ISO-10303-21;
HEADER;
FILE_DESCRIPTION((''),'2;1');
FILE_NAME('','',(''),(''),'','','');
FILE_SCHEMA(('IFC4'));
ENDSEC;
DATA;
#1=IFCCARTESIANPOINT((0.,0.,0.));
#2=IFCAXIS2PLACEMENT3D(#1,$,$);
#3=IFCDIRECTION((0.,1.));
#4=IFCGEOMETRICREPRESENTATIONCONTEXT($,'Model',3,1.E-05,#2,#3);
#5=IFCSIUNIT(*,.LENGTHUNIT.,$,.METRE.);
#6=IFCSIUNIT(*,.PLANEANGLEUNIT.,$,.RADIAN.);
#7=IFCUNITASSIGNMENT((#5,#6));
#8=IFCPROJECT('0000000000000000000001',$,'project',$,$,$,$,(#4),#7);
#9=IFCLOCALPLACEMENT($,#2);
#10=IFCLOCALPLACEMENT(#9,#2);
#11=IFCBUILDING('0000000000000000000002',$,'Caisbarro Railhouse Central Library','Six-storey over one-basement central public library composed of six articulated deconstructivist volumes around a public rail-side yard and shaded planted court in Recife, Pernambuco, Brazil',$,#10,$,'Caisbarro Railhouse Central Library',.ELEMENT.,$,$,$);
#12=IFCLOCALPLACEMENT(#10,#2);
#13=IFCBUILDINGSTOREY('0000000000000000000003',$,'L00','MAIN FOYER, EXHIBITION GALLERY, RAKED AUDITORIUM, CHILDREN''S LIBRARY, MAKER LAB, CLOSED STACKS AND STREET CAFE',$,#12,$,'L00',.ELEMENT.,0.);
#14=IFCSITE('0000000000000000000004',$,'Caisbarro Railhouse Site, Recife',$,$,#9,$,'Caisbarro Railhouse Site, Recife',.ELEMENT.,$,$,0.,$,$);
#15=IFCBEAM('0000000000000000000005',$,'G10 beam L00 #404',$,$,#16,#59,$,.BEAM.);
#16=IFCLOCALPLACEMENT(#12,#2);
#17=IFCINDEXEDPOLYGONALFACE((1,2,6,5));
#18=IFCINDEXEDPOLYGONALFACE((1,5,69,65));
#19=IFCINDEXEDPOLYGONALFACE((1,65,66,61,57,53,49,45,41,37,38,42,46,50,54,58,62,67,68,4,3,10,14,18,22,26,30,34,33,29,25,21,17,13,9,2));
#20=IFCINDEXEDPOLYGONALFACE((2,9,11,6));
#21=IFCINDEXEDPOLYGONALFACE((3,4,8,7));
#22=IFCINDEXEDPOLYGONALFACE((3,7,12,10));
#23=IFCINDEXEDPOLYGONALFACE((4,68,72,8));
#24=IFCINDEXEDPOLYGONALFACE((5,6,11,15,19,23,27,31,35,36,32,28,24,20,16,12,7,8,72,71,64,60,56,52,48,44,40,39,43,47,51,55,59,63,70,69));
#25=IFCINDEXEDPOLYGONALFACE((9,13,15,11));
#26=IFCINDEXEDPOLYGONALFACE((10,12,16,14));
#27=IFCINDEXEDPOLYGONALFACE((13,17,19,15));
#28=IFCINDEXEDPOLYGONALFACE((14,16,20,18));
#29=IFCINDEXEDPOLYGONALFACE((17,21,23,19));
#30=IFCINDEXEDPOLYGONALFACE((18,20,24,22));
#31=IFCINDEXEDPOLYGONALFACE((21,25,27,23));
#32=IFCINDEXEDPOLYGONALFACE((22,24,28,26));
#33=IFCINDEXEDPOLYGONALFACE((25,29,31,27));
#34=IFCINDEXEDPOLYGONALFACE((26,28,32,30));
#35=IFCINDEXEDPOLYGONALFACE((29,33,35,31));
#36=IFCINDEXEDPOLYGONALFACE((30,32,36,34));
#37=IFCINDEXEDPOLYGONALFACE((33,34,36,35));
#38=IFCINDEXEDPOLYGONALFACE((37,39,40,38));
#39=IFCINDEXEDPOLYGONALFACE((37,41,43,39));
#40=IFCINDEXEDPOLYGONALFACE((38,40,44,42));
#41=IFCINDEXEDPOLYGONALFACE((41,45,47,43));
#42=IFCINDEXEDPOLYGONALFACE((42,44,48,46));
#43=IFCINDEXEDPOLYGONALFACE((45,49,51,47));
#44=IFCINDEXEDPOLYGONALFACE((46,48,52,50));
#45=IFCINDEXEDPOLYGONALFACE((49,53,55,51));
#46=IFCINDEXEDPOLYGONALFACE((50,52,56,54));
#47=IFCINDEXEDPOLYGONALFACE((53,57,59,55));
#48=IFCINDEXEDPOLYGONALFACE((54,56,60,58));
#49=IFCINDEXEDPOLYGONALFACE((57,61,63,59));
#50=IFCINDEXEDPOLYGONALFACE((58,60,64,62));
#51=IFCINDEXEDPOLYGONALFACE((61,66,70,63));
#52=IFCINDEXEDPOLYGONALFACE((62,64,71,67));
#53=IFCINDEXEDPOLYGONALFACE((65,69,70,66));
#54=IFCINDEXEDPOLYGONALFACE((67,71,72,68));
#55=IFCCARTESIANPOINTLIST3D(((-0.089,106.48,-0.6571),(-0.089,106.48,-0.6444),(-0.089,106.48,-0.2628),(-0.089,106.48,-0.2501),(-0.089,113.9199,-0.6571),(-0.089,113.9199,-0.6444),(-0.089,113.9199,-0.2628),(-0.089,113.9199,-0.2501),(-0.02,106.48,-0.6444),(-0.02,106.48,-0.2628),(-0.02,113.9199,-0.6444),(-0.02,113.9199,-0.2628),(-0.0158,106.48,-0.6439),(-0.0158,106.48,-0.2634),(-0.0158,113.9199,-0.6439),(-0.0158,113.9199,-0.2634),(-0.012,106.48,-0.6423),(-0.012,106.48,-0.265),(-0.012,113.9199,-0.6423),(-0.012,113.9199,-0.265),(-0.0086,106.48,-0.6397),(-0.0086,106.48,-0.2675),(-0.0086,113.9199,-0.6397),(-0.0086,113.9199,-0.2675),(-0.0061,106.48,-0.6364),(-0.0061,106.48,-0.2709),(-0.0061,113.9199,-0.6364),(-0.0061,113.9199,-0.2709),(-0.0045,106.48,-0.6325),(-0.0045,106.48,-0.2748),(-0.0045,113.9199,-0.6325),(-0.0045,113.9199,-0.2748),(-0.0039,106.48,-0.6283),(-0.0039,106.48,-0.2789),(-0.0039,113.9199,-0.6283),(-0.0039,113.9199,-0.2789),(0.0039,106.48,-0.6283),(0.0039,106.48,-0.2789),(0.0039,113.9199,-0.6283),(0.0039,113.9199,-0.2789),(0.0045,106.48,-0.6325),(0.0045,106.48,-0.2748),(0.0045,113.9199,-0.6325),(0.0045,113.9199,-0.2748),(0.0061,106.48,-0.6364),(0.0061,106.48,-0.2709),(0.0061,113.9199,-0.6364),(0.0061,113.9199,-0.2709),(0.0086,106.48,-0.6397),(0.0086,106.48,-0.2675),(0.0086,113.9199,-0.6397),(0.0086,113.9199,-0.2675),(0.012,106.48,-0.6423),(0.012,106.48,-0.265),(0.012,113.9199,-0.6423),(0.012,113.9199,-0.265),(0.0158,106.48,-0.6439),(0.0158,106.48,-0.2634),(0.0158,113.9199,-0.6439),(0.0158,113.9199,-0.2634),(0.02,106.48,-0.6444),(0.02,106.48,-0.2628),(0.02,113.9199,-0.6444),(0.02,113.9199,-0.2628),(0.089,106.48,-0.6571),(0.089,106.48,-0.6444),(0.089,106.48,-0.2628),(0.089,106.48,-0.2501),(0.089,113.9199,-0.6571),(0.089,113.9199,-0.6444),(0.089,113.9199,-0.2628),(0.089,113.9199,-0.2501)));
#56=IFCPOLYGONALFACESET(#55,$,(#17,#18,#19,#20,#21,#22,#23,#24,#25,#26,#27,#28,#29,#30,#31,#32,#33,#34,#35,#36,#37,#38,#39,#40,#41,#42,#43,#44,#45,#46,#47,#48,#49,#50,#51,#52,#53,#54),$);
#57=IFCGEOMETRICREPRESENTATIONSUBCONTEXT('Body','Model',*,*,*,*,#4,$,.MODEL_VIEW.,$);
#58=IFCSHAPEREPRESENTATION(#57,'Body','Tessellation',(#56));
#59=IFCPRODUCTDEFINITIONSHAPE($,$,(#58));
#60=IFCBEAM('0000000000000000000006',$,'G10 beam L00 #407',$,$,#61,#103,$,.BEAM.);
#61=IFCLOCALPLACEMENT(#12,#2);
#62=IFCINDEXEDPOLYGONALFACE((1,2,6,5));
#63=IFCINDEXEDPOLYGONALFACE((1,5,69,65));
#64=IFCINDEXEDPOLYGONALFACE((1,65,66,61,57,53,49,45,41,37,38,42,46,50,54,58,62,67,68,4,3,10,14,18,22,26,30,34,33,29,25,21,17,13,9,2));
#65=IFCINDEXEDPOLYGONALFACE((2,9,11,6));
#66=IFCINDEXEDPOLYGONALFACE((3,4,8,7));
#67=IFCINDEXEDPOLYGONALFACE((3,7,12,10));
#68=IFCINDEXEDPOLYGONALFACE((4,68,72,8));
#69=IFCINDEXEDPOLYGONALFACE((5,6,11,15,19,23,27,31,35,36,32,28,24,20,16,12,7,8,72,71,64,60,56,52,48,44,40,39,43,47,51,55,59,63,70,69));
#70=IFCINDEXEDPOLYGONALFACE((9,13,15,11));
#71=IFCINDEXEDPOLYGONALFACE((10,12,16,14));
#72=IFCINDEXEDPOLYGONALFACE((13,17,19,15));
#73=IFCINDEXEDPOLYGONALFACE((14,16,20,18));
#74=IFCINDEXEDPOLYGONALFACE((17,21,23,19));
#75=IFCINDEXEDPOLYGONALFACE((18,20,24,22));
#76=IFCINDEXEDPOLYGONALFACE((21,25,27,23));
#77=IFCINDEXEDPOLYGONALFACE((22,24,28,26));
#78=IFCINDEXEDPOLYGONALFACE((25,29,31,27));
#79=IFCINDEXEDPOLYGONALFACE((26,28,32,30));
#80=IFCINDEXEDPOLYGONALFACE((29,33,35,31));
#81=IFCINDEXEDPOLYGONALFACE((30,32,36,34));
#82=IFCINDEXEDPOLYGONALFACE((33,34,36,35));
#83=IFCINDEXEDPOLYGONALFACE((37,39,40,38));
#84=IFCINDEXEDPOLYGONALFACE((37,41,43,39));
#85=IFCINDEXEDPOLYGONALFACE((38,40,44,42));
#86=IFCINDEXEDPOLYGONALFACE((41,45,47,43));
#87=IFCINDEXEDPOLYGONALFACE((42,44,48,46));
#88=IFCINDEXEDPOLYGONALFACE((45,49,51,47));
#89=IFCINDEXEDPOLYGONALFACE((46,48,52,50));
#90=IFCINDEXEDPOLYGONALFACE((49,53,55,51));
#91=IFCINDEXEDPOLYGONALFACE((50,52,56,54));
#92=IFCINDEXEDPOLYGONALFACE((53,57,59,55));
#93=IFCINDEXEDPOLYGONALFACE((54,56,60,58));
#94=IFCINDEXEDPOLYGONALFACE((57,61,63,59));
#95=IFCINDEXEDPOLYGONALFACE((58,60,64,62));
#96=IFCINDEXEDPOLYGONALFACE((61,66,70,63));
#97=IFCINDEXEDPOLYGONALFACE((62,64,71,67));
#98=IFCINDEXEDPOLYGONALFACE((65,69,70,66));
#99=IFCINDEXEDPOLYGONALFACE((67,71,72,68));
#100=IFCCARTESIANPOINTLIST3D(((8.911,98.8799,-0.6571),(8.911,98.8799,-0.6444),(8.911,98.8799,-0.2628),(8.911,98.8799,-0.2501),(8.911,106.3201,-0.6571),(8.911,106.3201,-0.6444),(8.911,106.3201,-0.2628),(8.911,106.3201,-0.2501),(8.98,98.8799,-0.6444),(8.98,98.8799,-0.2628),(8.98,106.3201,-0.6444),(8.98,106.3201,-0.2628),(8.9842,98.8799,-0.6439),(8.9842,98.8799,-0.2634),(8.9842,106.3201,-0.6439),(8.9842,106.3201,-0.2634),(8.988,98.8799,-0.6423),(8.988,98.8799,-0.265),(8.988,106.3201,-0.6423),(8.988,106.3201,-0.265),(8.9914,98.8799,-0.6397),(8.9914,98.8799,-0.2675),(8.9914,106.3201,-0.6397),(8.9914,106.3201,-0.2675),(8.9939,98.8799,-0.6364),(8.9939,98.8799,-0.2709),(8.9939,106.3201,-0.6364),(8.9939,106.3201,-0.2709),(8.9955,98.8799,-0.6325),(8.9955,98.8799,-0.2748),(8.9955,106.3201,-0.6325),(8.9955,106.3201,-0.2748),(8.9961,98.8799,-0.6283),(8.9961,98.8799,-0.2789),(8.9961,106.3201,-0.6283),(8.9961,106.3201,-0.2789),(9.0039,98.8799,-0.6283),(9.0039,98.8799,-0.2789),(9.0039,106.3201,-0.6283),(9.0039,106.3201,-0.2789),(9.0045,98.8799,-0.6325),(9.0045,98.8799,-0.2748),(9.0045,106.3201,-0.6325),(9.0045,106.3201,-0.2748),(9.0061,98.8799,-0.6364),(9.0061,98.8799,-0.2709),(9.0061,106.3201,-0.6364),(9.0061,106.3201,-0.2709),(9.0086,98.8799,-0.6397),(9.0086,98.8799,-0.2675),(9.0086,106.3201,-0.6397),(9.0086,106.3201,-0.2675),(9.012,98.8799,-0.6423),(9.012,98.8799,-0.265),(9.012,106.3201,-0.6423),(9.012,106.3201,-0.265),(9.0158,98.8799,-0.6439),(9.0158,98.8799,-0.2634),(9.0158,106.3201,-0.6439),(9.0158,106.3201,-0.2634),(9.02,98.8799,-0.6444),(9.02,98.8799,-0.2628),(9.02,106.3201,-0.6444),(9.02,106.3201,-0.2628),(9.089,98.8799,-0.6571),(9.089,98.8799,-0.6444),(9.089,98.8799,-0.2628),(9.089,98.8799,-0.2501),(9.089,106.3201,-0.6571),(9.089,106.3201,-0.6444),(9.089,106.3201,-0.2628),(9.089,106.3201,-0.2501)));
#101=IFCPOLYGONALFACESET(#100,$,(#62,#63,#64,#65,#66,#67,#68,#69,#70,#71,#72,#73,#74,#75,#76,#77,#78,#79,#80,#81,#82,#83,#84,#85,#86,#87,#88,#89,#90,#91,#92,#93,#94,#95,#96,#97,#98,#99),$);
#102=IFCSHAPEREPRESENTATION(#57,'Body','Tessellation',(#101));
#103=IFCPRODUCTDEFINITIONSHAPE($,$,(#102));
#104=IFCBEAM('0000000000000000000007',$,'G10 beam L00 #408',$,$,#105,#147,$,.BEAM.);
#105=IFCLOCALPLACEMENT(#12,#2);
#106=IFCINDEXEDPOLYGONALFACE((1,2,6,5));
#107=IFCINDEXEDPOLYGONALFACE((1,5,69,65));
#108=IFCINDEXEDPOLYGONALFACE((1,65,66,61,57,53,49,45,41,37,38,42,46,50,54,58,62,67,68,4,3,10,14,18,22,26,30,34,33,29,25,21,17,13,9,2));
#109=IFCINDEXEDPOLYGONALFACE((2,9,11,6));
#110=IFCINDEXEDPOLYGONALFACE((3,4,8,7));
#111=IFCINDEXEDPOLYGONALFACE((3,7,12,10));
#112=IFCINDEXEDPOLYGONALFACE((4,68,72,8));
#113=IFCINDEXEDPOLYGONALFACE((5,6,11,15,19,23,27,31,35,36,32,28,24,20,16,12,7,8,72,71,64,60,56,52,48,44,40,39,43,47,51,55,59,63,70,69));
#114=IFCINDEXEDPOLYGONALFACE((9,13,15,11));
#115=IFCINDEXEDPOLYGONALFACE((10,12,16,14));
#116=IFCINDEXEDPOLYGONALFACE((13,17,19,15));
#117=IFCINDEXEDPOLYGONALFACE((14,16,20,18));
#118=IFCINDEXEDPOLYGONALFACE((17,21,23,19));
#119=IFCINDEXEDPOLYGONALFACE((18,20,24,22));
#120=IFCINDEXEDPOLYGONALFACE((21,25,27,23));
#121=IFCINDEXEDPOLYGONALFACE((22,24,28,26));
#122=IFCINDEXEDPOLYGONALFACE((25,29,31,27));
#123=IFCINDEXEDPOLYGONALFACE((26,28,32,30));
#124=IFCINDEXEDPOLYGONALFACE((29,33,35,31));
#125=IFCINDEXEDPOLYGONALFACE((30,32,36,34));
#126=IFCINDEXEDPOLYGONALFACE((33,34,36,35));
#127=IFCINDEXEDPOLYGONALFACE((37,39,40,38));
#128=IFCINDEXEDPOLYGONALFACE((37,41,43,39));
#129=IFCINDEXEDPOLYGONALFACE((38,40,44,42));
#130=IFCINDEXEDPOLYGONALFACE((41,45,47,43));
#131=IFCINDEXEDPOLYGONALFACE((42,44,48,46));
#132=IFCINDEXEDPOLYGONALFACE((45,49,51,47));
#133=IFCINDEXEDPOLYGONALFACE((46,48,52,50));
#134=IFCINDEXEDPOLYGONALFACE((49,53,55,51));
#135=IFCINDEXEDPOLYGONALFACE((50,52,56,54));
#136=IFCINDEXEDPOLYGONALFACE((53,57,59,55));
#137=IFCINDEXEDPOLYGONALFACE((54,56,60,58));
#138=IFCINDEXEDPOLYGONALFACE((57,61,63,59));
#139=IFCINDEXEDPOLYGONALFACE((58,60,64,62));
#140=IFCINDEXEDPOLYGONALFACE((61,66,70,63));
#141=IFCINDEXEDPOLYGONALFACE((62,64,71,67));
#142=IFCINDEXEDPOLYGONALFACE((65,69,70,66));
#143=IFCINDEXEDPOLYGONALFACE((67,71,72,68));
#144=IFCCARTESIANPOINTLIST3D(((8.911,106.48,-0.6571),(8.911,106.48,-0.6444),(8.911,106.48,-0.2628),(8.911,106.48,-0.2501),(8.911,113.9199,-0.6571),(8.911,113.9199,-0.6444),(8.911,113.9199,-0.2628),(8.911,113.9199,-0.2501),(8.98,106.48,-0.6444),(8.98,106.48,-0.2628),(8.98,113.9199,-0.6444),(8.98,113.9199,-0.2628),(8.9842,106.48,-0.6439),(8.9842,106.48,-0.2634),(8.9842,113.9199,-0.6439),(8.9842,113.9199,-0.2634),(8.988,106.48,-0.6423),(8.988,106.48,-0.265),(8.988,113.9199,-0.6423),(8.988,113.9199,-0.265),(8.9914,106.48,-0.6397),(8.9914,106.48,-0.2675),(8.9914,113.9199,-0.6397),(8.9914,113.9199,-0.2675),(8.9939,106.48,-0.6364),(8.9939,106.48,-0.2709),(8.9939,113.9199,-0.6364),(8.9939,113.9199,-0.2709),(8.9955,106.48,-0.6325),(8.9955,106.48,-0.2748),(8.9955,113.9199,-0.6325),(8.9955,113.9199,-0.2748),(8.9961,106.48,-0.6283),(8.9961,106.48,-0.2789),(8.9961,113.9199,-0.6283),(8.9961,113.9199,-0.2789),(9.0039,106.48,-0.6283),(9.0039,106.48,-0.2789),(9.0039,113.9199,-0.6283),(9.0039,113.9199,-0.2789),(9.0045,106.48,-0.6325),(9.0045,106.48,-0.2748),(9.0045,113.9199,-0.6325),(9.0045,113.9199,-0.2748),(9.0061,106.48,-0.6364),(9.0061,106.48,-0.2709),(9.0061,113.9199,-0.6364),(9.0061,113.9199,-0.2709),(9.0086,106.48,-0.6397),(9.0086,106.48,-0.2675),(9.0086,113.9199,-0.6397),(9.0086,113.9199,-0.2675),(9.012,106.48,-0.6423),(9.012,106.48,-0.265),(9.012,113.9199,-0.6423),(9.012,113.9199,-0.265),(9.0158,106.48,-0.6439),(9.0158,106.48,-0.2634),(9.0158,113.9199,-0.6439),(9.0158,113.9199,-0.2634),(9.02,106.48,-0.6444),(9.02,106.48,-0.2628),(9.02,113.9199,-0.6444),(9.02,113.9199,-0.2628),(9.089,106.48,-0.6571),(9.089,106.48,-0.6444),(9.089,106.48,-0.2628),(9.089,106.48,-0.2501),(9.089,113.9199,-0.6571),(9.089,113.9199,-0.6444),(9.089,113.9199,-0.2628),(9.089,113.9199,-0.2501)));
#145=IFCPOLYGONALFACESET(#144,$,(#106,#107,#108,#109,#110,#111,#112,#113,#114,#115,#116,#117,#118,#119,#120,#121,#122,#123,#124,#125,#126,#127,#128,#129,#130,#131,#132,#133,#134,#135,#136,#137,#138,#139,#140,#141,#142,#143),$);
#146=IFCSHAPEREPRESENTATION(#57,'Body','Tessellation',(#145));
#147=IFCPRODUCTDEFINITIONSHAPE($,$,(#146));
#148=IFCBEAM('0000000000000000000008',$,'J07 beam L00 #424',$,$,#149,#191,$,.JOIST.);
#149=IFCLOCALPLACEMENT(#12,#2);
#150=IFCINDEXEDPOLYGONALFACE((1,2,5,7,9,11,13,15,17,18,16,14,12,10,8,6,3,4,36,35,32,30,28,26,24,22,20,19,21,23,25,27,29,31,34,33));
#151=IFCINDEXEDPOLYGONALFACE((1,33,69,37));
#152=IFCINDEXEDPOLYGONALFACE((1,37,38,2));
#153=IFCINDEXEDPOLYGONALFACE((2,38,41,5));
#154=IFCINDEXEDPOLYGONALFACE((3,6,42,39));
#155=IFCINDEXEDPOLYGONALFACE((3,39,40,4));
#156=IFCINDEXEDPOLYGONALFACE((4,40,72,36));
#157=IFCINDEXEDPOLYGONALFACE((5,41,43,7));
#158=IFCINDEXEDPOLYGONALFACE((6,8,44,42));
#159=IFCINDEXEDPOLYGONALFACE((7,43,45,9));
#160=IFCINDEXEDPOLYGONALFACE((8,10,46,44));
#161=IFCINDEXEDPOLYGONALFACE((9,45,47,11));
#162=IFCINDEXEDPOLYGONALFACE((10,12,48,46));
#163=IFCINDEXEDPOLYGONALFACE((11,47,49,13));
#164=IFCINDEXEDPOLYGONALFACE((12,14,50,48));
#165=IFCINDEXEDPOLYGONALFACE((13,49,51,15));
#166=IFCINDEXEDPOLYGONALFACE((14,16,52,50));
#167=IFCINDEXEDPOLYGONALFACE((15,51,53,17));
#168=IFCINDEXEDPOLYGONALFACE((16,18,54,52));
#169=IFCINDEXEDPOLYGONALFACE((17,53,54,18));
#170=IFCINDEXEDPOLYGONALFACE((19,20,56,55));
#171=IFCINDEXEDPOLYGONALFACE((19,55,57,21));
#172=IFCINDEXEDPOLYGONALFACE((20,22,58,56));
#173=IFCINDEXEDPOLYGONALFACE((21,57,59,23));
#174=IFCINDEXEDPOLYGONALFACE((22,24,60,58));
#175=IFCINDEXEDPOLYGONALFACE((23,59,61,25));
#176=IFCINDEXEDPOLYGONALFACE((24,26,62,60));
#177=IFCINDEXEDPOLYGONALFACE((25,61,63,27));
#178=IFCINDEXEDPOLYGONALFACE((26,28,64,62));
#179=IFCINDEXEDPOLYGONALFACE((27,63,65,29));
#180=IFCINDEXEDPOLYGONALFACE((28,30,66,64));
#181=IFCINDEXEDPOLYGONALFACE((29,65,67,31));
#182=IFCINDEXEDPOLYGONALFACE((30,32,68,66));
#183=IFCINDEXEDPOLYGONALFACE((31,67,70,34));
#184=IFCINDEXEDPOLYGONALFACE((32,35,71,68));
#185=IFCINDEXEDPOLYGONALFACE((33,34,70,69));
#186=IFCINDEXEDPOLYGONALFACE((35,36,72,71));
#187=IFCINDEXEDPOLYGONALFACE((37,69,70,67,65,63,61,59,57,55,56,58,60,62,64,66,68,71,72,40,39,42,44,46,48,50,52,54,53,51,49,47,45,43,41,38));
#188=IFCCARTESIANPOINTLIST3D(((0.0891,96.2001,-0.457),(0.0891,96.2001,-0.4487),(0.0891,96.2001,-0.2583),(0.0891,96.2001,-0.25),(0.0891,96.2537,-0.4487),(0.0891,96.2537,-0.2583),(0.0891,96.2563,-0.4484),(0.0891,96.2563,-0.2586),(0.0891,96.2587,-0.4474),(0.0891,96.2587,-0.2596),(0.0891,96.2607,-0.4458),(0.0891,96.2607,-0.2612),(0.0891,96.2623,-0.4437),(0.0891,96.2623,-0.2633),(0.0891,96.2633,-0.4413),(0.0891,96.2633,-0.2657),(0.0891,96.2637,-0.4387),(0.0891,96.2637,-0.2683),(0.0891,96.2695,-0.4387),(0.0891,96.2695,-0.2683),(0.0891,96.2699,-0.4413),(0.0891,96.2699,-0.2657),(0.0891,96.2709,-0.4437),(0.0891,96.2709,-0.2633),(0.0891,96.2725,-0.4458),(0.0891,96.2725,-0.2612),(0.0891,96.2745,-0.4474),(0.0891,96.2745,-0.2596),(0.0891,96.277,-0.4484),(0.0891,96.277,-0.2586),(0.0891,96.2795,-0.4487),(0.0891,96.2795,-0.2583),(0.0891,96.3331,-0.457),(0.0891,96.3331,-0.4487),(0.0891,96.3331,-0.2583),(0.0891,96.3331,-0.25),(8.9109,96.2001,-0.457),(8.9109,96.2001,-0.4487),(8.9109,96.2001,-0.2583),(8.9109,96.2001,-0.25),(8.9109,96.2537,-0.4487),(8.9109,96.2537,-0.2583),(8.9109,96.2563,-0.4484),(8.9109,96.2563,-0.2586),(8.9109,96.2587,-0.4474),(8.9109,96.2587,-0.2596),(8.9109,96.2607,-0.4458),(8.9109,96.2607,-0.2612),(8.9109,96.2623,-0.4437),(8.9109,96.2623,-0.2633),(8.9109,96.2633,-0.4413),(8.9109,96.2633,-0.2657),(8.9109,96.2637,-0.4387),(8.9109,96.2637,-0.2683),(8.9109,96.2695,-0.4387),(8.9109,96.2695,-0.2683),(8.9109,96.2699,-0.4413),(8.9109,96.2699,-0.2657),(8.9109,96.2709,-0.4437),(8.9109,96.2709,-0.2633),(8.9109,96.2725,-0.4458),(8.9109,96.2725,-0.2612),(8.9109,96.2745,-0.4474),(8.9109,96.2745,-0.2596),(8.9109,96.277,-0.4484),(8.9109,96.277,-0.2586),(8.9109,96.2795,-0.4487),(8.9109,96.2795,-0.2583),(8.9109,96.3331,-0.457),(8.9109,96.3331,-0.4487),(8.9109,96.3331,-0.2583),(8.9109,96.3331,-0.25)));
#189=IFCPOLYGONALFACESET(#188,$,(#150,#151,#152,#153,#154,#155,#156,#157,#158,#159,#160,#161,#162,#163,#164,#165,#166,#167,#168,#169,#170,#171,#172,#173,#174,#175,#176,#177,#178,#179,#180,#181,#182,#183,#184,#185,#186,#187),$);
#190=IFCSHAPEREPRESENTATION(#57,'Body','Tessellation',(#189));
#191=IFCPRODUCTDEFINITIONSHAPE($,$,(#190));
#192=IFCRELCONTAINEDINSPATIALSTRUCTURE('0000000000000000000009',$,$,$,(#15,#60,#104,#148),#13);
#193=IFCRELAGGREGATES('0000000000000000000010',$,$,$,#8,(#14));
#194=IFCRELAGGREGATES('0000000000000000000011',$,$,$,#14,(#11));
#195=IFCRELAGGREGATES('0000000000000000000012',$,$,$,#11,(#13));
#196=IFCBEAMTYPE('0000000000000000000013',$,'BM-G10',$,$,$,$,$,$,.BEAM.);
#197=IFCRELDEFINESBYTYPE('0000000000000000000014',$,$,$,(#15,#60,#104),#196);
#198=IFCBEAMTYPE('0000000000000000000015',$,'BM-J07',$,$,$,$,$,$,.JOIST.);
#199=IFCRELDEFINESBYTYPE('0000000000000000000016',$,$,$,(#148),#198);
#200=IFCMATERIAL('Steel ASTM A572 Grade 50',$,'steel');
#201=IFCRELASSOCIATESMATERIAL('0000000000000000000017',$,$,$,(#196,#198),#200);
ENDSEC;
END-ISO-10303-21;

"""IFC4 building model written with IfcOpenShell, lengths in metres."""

from ifc_helpers import new_model, si_unit, direction, frame, origin, origin_2d, place, context, subcontext, project, spatial, i_section, extrude, material, material_profile, profile_set, type_object, element, save


model = new_model("IFC4")

# Units and contexts
model_context = context("Model", 3, precision=1e-05, world=origin(), true_north=direction((0.0, 1.0)))
body_context = subcontext(model_context, "Body", "Model", "MODEL_VIEW")
ifc_project = project(units=[si_unit("LENGTHUNIT", "METRE"), si_unit("PLANEANGLEUNIT", "RADIAN")], contexts=[model_context])

# Site, building, storey
site_placement = place(None, origin())
site = spatial("IfcSite", under=ifc_project, at=site_placement, Name="Caisbarro Railhouse Site, Recife", LongName="Caisbarro Railhouse Site, Recife", CompositionType="ELEMENT", RefElevation=0.0)
building_placement = place(site_placement, origin())
building = spatial("IfcBuilding", under=site, at=building_placement, Name="Caisbarro Railhouse Central Library", Description="Six-storey over one-basement central public library composed of six articulated deconstructivist volumes around a public rail-side yard and shaded planted court in Recife, Pernambuco, Brazil", LongName="Caisbarro Railhouse Central Library", CompositionType="ELEMENT")
storey_placement = place(building_placement, origin())
storey = spatial("IfcBuildingStorey", under=building, at=storey_placement, Name="L00", Description="MAIN FOYER, EXHIBITION GALLERY, RAKED AUDITORIUM, CHILDREN'S LIBRARY, MAKER LAB, CLOSED STACKS AND STREET CAFE", LongName="L00", CompositionType="ELEMENT", Elevation=0.0)

# Shared definitions
ifc_material_1 = material(Name="Steel ASTM A572 Grade 50", Category="steel")

# Beams
ifc_material_profile_1 = material_profile(ifc_material_1, i_section(OverallWidth=0.178, OverallDepth=0.407, WebThickness=0.0078, FlangeThickness=0.0127, FilletRadius=0.0161, at=origin_2d()), Name="W410X60.0")
ifc_profile_set_1 = profile_set([ifc_material_profile_1], Name="Steel ASTM A572 Grade 50")
beam_type_1 = type_object("IfcBeamType", Name="BM-G10", PredefinedType="BEAM", material=ifc_profile_set_1)
beam_1_placement = place(storey_placement, frame((0.0, 106.48, -0.4536), z_axis=(0.0, 1.0, 0.0), x_axis=(-1.0, 0.0, 0.0)))
element("IfcBeam", 1, at=beam_1_placement, inside=storey, type_object=beam_type_1, Name="G10 beam L00 #404", PredefinedType="BEAM", context=body_context, shape_type="SweptSolid", body=[
    extrude(i_section(OverallWidth=0.178, OverallDepth=0.407, WebThickness=0.0078, FlangeThickness=0.0127, FilletRadius=0.0161, at=origin_2d()), origin(), (0.0, 0.0, 1.0), 7.4399),
])
beam_2_placement = place(storey_placement, frame((9.0, 98.8799, -0.4536), z_axis=(0.0, 1.0, 0.0), x_axis=(-1.0, 0.0, 0.0)))
element("IfcBeam", 2, at=beam_2_placement, inside=storey, type_object=beam_type_1, Name="G10 beam L00 #407", PredefinedType="BEAM", context=body_context, shape_type="SweptSolid", body=[
    extrude(i_section(OverallWidth=0.178, OverallDepth=0.407, WebThickness=0.0078, FlangeThickness=0.0127, FilletRadius=0.0161, at=origin_2d()), origin(), (0.0, 0.0, 1.0), 7.4402),
])
beam_3_placement = place(storey_placement, frame((9.0, 106.48, -0.4536), z_axis=(0.0, 1.0, 0.0), x_axis=(-1.0, 0.0, 0.0)))
element("IfcBeam", 3, at=beam_3_placement, inside=storey, type_object=beam_type_1, Name="G10 beam L00 #408", PredefinedType="BEAM", context=body_context, shape_type="SweptSolid", body=[
    extrude(i_section(OverallWidth=0.178, OverallDepth=0.407, WebThickness=0.0078, FlangeThickness=0.0127, FilletRadius=0.0161, at=origin_2d()), origin(), (0.0, 0.0, 1.0), 7.4399),
])
ifc_material_profile_2 = material_profile(ifc_material_1, i_section(OverallWidth=0.1331, OverallDepth=0.207, WebThickness=0.0059, FlangeThickness=0.0083, FilletRadius=0.01, at=origin_2d()), Name="W200X26.6")
ifc_profile_set_2 = profile_set([ifc_material_profile_2], Name="Steel ASTM A572 Grade 50")
beam_type_2 = type_object("IfcBeamType", Name="BM-J07", PredefinedType="JOIST", material=ifc_profile_set_2)
for number, where, z_axis, x_axis, name in (
    (4, (0.0891, 96.2666, -0.3535), (1.0, 0.0, 0.0), (0.0, 1.0, 0.0), "J07 beam L00 #424"),
):
    element("IfcBeam", number, at=place(storey_placement, frame(where, z_axis=z_axis, x_axis=x_axis)), inside=storey, type_object=beam_type_2, Name=name, PredefinedType="JOIST", context=body_context, shape_type="SweptSolid", body=[
        extrude(i_section(OverallWidth=0.1331, OverallDepth=0.207, WebThickness=0.0059, FlangeThickness=0.0083, FilletRadius=0.01, at=origin_2d()), origin(), (0.0, 0.0, 1.0), 8.8218),
    ])

save(model, "model.ifc")
